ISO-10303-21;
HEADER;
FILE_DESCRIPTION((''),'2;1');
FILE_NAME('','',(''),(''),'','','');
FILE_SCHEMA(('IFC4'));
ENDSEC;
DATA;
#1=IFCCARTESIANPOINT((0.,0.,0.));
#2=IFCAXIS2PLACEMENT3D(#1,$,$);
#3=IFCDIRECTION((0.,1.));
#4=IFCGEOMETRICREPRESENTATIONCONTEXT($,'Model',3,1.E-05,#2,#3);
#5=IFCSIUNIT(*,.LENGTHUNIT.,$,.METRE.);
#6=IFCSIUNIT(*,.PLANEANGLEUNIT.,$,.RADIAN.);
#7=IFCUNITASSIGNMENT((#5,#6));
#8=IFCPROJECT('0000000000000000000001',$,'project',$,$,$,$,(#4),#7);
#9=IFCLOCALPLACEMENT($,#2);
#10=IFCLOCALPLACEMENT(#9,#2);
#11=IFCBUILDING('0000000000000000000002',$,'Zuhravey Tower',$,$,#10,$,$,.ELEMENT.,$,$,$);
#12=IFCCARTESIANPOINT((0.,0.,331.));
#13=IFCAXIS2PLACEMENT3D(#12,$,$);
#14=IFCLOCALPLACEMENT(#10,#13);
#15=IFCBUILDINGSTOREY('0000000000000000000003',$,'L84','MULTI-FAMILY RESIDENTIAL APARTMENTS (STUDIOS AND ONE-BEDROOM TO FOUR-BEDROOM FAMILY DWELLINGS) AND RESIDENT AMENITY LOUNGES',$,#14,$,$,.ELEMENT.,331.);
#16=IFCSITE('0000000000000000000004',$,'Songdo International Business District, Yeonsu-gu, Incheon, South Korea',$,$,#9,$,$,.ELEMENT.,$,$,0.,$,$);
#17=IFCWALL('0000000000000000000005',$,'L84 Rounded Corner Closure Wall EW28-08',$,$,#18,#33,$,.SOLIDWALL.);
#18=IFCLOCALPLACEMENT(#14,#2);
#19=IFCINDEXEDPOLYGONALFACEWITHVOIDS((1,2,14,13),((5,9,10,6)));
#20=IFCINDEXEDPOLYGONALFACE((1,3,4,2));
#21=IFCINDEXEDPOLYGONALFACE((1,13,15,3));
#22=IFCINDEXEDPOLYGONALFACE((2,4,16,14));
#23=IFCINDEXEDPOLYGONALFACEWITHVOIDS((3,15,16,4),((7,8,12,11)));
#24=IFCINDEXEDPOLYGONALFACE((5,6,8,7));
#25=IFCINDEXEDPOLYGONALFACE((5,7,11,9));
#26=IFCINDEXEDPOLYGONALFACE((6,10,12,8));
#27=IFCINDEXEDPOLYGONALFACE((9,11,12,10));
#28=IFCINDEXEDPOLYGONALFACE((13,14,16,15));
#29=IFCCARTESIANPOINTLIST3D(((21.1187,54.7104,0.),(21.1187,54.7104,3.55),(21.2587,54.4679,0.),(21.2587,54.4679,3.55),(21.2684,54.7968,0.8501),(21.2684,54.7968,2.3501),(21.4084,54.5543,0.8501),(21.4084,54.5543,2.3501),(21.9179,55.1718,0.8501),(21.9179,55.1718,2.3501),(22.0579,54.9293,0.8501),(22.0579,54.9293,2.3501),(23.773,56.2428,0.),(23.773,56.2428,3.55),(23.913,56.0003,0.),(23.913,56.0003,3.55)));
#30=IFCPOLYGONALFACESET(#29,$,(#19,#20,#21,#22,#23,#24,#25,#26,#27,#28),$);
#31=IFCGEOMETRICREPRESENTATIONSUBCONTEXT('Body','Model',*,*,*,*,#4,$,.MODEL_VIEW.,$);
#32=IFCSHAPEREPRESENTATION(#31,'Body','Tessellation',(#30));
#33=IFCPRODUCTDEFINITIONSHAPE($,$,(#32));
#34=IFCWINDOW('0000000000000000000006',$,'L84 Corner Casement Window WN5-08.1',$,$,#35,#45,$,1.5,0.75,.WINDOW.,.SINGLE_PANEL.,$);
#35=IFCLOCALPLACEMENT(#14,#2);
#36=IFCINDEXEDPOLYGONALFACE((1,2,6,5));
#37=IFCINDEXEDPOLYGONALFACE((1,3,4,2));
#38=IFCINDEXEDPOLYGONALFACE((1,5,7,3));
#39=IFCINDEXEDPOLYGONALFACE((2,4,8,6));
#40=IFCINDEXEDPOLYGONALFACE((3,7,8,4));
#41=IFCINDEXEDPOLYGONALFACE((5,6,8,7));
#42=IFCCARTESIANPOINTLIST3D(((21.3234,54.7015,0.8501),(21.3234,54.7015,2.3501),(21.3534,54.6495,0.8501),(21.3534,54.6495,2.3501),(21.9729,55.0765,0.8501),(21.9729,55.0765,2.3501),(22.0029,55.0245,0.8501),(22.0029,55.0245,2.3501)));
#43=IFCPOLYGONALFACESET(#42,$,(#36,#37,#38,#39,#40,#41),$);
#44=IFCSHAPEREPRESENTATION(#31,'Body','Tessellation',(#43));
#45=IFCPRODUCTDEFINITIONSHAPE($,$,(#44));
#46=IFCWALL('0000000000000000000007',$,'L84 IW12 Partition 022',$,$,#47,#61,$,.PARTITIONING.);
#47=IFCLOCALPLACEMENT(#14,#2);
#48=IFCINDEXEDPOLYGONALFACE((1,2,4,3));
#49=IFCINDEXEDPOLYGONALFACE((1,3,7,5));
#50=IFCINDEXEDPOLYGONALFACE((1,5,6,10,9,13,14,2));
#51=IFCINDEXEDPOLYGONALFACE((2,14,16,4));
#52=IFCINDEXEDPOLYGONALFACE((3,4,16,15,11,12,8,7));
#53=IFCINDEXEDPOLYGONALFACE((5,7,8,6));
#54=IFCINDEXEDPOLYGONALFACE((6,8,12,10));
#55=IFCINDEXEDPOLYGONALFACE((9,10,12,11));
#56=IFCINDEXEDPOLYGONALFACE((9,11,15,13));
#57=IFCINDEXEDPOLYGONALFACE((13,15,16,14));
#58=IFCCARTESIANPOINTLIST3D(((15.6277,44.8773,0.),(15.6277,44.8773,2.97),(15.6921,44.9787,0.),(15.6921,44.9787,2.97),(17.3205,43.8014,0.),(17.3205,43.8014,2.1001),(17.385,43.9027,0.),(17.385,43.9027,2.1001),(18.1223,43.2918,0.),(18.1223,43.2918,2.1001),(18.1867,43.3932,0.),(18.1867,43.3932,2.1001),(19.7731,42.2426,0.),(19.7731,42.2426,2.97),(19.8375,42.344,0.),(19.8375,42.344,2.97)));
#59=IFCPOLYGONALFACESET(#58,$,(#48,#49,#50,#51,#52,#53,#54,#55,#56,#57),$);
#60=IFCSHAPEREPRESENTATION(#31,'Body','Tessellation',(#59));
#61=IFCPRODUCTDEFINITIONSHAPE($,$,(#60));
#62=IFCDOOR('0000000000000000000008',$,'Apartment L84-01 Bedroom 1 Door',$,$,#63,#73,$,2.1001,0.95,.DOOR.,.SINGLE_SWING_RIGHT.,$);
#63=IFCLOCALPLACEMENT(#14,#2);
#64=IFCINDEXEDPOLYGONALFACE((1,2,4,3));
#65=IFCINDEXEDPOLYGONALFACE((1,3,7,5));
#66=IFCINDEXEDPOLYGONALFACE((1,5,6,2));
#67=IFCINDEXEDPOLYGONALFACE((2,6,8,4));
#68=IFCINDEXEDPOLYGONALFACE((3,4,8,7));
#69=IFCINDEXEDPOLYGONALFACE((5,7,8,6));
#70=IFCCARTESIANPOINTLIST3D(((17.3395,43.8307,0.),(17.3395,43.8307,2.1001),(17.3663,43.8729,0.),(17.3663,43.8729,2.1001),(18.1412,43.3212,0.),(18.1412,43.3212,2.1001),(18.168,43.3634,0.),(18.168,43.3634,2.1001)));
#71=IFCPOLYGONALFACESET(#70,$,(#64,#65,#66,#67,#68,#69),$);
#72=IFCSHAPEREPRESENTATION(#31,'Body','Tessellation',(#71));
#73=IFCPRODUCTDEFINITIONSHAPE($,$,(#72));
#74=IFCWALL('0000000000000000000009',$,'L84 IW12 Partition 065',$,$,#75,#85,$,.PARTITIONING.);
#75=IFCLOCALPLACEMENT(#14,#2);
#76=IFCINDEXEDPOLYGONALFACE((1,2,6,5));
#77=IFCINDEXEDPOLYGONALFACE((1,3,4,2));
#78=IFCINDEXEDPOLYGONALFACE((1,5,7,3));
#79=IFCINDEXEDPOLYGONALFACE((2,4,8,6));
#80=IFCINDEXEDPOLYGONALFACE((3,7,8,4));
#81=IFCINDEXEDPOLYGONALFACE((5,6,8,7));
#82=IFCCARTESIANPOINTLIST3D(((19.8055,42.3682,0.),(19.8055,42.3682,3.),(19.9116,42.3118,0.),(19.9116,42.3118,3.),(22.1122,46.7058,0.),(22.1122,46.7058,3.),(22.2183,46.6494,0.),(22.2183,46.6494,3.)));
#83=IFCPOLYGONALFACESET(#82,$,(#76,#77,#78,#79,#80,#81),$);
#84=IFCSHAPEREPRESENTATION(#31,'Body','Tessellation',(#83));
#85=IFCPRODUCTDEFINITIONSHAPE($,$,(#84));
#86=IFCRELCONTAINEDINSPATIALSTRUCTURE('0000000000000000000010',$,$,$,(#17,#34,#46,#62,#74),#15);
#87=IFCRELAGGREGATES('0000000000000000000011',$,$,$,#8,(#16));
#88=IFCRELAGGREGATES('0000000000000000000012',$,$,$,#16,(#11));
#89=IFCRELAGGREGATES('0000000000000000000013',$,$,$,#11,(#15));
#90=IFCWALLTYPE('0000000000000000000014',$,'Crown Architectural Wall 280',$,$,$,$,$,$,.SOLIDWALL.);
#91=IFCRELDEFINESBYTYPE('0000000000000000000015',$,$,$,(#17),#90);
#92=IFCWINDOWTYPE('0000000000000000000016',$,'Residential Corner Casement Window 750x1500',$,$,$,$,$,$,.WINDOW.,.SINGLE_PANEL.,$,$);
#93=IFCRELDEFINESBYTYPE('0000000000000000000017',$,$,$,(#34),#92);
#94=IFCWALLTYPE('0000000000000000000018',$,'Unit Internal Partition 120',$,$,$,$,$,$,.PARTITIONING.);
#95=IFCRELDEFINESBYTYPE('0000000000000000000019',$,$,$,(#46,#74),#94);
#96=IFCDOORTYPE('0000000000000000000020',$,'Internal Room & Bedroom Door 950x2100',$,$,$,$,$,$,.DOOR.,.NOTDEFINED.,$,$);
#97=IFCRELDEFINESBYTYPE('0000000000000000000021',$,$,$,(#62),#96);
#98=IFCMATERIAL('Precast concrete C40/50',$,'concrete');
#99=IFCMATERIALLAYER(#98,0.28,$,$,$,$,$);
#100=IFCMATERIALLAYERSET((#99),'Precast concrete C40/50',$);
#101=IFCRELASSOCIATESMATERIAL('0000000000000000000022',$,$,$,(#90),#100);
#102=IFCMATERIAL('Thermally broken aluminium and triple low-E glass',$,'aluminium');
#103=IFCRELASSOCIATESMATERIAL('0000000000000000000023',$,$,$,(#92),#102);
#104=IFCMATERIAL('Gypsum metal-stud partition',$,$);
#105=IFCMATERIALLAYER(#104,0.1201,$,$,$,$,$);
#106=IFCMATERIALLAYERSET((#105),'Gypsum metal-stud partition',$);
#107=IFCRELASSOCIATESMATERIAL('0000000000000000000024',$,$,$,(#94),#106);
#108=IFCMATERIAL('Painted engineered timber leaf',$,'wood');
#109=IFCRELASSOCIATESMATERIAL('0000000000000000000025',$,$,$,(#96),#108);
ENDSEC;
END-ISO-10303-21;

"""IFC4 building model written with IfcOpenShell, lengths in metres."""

from ifc_helpers import new_model, si_unit, direction, frame, frame_2d, origin, place, context, subcontext, project, spatial, rectangle, extrude, material, layer, layer_set, type_object, element, fill, save


model = new_model("IFC4")

# Units and contexts
model_context = context("Model", 3, precision=1e-05, world=origin(), true_north=direction((0.0, 1.0)))
body_context = subcontext(model_context, "Body", "Model", "MODEL_VIEW")
ifc_project = project(units=[si_unit("LENGTHUNIT", "METRE"), si_unit("PLANEANGLEUNIT", "RADIAN")], contexts=[model_context])

# Site, building, storey
site_placement = place(None, origin())
site = spatial("IfcSite", under=ifc_project, at=site_placement, Name="Songdo International Business District, Yeonsu-gu, Incheon, South Korea", CompositionType="ELEMENT", RefElevation=0.0)
building_placement = place(site_placement, origin())
building = spatial("IfcBuilding", under=site, at=building_placement, Name="Zuhravey Tower", CompositionType="ELEMENT")
storey_placement = place(building_placement, frame((0.0, 0.0, 331.0)))
storey = spatial("IfcBuildingStorey", under=building, at=storey_placement, Name="L84", Description="MULTI-FAMILY RESIDENTIAL APARTMENTS (STUDIOS AND ONE-BEDROOM TO FOUR-BEDROOM FAMILY DWELLINGS) AND RESIDENT AMENITY LOUNGES", CompositionType="ELEMENT", Elevation=331.0)

# Wall, opening, window
ifc_material_1 = material(Name="Precast concrete C40/50", Category="concrete")
ifc_layer_1 = layer(ifc_material_1, 0.28)
ifc_layer_set_1 = layer_set([ifc_layer_1], Name="Precast concrete C40/50")
wall_type_1 = type_object("IfcWallType", Name="Crown Architectural Wall 280", PredefinedType="SOLIDWALL", material=ifc_layer_set_1)
wall_1_placement = place(storey_placement, frame((21.1887, 54.5891, 0.0), z_axis=(0.0, 0.0, 1.0), x_axis=(0.866024, 0.500003, 0.0)))
wall_1 = element("IfcWall", 1, at=wall_1_placement, inside=storey, type_object=wall_type_1, Name="L84 Rounded Corner Closure Wall EW28-08", PredefinedType="SOLIDWALL", context=body_context, shape_type="SweptSolid", body=[
    extrude(rectangle(XDim=3.0649, YDim=0.28, at=frame_2d((1.5325, 0.0))), origin(), (0.0, 0.0, 1.0), 3.55),
])
opening_1_placement = place(wall_1_placement, frame((0.1729, 0.0, 0.8501)))
opening_1 = element("IfcOpeningElement", 2, at=opening_1_placement, cuts=wall_1, PredefinedType="OPENING", context=body_context, shape_type="SweptSolid", body=[
    extrude(rectangle(XDim=0.75, YDim=1.5, at=frame_2d((0.375, 0.75))), frame((0.0, 0.1521, 0.0), z_axis=(0.0, -1.0, 0.0), x_axis=(1.0, 0.0, 0.0)), (0.0, 0.0, 1.0), 0.304),
])
ifc_material_2 = material(Name="Thermally broken aluminium and triple low-E glass", Category="aluminium")
window_type = type_object("IfcWindowType", Name="Residential Corner Casement Window 750x1500", PartitioningType="SINGLE_PANEL", PredefinedType="WINDOW", material=ifc_material_2)
window_placement = place(opening_1_placement, origin())
window = element("IfcWindow", 3, at=window_placement, inside=storey, type_object=window_type, Name="L84 Corner Casement Window WN5-08.1", OverallHeight=1.5, OverallWidth=0.75, PartitioningType="SINGLE_PANEL", PredefinedType="WINDOW", context=body_context, shape_type="SweptSolid", body=[
    extrude(rectangle(XDim=0.75, YDim=1.5, at=frame_2d((0.375, 0.75))), frame((0.0, 0.03, 0.0), z_axis=(0.0, -1.0, 0.0), x_axis=(1.0, 0.0, 0.0)), (0.0, 0.0, 1.0), 0.0601),
])
fill(opening_1, window)

# Wall, opening, door
ifc_material_3 = material(Name="Gypsum metal-stud partition")
ifc_layer_2 = layer(ifc_material_3, 0.1201)
ifc_layer_set_2 = layer_set([ifc_layer_2], Name="Gypsum metal-stud partition")
wall_type_2 = type_object("IfcWallType", Name="Unit Internal Partition 120", PredefinedType="PARTITIONING", material=ifc_layer_set_2)
wall_2_placement = place(storey_placement, frame((19.8054, 42.2932, 0.0), z_axis=(0.0, 0.0, 1.0), x_axis=(-0.843964, 0.536399, 0.0)))
wall_2 = element("IfcWall", 4, at=wall_2_placement, inside=storey, type_object=wall_type_2, Name="L84 IW12 Partition 022", PredefinedType="PARTITIONING", context=body_context, shape_type="SweptSolid", body=[
    extrude(rectangle(XDim=4.9119, YDim=0.1201, at=frame_2d((2.4561, 0.0))), origin(), (0.0, 0.0, 1.0), 2.97),
])
opening_2_placement = place(wall_2_placement, frame((1.9561, 0.0, 0.0)))
opening_2 = element("IfcOpeningElement", 5, at=opening_2_placement, cuts=wall_2, PredefinedType="OPENING", context=body_context, shape_type="SweptSolid", body=[
    extrude(rectangle(XDim=0.95, YDim=2.1001, at=frame_2d((0.4751, 1.05))), frame((0.0, 0.072, 0.0), z_axis=(0.0, -1.0, 0.0), x_axis=(1.0, 0.0, 0.0)), (0.0, 0.0, 1.0), 0.144),
])
ifc_material_4 = material(Name="Painted engineered timber leaf", Category="wood")
door_type = type_object("IfcDoorType", Name="Internal Room & Bedroom Door 950x2100", OperationType="NOTDEFINED", PredefinedType="DOOR", material=ifc_material_4)
door_placement = place(opening_2_placement, frame((0.95, 0.0, 0.0), z_axis=(0.0, 0.0, 1.0), x_axis=(-1.0, 0.0, 0.0)))
door = element("IfcDoor", 6, at=door_placement, inside=storey, type_object=door_type, Name="Apartment L84-01 Bedroom 1 Door", OperationType="SINGLE_SWING_RIGHT", OverallHeight=2.1001, OverallWidth=0.95, PredefinedType="DOOR", context=body_context, shape_type="SweptSolid", body=[
    extrude(rectangle(XDim=0.95, YDim=2.1001, at=frame_2d((0.4751, 1.05))), frame((0.0, 0.0249, 0.0), z_axis=(0.0, -1.0, 0.0), x_axis=(1.0, 0.0, 0.0)), (0.0, 0.0, 1.0), 0.05),
])
fill(opening_2, door)

# Wall
wall_3_placement = place(storey_placement, frame((22.1653, 46.6777, 0.0), z_axis=(0.0, 0.0, 1.0), x_axis=(-0.469515, -0.882925, 0.0)))
element("IfcWall", 7, at=wall_3_placement, inside=storey, type_object=wall_type_2, Name="L84 IW12 Partition 065", PredefinedType="PARTITIONING", context=body_context, shape_type="SweptSolid", body=[
    extrude(rectangle(XDim=4.9128, YDim=0.1201, at=frame_2d((2.4565, 0.0))), origin(), (0.0, 0.0, 1.0), 3.0),
])

save(model, "model.ifc")
